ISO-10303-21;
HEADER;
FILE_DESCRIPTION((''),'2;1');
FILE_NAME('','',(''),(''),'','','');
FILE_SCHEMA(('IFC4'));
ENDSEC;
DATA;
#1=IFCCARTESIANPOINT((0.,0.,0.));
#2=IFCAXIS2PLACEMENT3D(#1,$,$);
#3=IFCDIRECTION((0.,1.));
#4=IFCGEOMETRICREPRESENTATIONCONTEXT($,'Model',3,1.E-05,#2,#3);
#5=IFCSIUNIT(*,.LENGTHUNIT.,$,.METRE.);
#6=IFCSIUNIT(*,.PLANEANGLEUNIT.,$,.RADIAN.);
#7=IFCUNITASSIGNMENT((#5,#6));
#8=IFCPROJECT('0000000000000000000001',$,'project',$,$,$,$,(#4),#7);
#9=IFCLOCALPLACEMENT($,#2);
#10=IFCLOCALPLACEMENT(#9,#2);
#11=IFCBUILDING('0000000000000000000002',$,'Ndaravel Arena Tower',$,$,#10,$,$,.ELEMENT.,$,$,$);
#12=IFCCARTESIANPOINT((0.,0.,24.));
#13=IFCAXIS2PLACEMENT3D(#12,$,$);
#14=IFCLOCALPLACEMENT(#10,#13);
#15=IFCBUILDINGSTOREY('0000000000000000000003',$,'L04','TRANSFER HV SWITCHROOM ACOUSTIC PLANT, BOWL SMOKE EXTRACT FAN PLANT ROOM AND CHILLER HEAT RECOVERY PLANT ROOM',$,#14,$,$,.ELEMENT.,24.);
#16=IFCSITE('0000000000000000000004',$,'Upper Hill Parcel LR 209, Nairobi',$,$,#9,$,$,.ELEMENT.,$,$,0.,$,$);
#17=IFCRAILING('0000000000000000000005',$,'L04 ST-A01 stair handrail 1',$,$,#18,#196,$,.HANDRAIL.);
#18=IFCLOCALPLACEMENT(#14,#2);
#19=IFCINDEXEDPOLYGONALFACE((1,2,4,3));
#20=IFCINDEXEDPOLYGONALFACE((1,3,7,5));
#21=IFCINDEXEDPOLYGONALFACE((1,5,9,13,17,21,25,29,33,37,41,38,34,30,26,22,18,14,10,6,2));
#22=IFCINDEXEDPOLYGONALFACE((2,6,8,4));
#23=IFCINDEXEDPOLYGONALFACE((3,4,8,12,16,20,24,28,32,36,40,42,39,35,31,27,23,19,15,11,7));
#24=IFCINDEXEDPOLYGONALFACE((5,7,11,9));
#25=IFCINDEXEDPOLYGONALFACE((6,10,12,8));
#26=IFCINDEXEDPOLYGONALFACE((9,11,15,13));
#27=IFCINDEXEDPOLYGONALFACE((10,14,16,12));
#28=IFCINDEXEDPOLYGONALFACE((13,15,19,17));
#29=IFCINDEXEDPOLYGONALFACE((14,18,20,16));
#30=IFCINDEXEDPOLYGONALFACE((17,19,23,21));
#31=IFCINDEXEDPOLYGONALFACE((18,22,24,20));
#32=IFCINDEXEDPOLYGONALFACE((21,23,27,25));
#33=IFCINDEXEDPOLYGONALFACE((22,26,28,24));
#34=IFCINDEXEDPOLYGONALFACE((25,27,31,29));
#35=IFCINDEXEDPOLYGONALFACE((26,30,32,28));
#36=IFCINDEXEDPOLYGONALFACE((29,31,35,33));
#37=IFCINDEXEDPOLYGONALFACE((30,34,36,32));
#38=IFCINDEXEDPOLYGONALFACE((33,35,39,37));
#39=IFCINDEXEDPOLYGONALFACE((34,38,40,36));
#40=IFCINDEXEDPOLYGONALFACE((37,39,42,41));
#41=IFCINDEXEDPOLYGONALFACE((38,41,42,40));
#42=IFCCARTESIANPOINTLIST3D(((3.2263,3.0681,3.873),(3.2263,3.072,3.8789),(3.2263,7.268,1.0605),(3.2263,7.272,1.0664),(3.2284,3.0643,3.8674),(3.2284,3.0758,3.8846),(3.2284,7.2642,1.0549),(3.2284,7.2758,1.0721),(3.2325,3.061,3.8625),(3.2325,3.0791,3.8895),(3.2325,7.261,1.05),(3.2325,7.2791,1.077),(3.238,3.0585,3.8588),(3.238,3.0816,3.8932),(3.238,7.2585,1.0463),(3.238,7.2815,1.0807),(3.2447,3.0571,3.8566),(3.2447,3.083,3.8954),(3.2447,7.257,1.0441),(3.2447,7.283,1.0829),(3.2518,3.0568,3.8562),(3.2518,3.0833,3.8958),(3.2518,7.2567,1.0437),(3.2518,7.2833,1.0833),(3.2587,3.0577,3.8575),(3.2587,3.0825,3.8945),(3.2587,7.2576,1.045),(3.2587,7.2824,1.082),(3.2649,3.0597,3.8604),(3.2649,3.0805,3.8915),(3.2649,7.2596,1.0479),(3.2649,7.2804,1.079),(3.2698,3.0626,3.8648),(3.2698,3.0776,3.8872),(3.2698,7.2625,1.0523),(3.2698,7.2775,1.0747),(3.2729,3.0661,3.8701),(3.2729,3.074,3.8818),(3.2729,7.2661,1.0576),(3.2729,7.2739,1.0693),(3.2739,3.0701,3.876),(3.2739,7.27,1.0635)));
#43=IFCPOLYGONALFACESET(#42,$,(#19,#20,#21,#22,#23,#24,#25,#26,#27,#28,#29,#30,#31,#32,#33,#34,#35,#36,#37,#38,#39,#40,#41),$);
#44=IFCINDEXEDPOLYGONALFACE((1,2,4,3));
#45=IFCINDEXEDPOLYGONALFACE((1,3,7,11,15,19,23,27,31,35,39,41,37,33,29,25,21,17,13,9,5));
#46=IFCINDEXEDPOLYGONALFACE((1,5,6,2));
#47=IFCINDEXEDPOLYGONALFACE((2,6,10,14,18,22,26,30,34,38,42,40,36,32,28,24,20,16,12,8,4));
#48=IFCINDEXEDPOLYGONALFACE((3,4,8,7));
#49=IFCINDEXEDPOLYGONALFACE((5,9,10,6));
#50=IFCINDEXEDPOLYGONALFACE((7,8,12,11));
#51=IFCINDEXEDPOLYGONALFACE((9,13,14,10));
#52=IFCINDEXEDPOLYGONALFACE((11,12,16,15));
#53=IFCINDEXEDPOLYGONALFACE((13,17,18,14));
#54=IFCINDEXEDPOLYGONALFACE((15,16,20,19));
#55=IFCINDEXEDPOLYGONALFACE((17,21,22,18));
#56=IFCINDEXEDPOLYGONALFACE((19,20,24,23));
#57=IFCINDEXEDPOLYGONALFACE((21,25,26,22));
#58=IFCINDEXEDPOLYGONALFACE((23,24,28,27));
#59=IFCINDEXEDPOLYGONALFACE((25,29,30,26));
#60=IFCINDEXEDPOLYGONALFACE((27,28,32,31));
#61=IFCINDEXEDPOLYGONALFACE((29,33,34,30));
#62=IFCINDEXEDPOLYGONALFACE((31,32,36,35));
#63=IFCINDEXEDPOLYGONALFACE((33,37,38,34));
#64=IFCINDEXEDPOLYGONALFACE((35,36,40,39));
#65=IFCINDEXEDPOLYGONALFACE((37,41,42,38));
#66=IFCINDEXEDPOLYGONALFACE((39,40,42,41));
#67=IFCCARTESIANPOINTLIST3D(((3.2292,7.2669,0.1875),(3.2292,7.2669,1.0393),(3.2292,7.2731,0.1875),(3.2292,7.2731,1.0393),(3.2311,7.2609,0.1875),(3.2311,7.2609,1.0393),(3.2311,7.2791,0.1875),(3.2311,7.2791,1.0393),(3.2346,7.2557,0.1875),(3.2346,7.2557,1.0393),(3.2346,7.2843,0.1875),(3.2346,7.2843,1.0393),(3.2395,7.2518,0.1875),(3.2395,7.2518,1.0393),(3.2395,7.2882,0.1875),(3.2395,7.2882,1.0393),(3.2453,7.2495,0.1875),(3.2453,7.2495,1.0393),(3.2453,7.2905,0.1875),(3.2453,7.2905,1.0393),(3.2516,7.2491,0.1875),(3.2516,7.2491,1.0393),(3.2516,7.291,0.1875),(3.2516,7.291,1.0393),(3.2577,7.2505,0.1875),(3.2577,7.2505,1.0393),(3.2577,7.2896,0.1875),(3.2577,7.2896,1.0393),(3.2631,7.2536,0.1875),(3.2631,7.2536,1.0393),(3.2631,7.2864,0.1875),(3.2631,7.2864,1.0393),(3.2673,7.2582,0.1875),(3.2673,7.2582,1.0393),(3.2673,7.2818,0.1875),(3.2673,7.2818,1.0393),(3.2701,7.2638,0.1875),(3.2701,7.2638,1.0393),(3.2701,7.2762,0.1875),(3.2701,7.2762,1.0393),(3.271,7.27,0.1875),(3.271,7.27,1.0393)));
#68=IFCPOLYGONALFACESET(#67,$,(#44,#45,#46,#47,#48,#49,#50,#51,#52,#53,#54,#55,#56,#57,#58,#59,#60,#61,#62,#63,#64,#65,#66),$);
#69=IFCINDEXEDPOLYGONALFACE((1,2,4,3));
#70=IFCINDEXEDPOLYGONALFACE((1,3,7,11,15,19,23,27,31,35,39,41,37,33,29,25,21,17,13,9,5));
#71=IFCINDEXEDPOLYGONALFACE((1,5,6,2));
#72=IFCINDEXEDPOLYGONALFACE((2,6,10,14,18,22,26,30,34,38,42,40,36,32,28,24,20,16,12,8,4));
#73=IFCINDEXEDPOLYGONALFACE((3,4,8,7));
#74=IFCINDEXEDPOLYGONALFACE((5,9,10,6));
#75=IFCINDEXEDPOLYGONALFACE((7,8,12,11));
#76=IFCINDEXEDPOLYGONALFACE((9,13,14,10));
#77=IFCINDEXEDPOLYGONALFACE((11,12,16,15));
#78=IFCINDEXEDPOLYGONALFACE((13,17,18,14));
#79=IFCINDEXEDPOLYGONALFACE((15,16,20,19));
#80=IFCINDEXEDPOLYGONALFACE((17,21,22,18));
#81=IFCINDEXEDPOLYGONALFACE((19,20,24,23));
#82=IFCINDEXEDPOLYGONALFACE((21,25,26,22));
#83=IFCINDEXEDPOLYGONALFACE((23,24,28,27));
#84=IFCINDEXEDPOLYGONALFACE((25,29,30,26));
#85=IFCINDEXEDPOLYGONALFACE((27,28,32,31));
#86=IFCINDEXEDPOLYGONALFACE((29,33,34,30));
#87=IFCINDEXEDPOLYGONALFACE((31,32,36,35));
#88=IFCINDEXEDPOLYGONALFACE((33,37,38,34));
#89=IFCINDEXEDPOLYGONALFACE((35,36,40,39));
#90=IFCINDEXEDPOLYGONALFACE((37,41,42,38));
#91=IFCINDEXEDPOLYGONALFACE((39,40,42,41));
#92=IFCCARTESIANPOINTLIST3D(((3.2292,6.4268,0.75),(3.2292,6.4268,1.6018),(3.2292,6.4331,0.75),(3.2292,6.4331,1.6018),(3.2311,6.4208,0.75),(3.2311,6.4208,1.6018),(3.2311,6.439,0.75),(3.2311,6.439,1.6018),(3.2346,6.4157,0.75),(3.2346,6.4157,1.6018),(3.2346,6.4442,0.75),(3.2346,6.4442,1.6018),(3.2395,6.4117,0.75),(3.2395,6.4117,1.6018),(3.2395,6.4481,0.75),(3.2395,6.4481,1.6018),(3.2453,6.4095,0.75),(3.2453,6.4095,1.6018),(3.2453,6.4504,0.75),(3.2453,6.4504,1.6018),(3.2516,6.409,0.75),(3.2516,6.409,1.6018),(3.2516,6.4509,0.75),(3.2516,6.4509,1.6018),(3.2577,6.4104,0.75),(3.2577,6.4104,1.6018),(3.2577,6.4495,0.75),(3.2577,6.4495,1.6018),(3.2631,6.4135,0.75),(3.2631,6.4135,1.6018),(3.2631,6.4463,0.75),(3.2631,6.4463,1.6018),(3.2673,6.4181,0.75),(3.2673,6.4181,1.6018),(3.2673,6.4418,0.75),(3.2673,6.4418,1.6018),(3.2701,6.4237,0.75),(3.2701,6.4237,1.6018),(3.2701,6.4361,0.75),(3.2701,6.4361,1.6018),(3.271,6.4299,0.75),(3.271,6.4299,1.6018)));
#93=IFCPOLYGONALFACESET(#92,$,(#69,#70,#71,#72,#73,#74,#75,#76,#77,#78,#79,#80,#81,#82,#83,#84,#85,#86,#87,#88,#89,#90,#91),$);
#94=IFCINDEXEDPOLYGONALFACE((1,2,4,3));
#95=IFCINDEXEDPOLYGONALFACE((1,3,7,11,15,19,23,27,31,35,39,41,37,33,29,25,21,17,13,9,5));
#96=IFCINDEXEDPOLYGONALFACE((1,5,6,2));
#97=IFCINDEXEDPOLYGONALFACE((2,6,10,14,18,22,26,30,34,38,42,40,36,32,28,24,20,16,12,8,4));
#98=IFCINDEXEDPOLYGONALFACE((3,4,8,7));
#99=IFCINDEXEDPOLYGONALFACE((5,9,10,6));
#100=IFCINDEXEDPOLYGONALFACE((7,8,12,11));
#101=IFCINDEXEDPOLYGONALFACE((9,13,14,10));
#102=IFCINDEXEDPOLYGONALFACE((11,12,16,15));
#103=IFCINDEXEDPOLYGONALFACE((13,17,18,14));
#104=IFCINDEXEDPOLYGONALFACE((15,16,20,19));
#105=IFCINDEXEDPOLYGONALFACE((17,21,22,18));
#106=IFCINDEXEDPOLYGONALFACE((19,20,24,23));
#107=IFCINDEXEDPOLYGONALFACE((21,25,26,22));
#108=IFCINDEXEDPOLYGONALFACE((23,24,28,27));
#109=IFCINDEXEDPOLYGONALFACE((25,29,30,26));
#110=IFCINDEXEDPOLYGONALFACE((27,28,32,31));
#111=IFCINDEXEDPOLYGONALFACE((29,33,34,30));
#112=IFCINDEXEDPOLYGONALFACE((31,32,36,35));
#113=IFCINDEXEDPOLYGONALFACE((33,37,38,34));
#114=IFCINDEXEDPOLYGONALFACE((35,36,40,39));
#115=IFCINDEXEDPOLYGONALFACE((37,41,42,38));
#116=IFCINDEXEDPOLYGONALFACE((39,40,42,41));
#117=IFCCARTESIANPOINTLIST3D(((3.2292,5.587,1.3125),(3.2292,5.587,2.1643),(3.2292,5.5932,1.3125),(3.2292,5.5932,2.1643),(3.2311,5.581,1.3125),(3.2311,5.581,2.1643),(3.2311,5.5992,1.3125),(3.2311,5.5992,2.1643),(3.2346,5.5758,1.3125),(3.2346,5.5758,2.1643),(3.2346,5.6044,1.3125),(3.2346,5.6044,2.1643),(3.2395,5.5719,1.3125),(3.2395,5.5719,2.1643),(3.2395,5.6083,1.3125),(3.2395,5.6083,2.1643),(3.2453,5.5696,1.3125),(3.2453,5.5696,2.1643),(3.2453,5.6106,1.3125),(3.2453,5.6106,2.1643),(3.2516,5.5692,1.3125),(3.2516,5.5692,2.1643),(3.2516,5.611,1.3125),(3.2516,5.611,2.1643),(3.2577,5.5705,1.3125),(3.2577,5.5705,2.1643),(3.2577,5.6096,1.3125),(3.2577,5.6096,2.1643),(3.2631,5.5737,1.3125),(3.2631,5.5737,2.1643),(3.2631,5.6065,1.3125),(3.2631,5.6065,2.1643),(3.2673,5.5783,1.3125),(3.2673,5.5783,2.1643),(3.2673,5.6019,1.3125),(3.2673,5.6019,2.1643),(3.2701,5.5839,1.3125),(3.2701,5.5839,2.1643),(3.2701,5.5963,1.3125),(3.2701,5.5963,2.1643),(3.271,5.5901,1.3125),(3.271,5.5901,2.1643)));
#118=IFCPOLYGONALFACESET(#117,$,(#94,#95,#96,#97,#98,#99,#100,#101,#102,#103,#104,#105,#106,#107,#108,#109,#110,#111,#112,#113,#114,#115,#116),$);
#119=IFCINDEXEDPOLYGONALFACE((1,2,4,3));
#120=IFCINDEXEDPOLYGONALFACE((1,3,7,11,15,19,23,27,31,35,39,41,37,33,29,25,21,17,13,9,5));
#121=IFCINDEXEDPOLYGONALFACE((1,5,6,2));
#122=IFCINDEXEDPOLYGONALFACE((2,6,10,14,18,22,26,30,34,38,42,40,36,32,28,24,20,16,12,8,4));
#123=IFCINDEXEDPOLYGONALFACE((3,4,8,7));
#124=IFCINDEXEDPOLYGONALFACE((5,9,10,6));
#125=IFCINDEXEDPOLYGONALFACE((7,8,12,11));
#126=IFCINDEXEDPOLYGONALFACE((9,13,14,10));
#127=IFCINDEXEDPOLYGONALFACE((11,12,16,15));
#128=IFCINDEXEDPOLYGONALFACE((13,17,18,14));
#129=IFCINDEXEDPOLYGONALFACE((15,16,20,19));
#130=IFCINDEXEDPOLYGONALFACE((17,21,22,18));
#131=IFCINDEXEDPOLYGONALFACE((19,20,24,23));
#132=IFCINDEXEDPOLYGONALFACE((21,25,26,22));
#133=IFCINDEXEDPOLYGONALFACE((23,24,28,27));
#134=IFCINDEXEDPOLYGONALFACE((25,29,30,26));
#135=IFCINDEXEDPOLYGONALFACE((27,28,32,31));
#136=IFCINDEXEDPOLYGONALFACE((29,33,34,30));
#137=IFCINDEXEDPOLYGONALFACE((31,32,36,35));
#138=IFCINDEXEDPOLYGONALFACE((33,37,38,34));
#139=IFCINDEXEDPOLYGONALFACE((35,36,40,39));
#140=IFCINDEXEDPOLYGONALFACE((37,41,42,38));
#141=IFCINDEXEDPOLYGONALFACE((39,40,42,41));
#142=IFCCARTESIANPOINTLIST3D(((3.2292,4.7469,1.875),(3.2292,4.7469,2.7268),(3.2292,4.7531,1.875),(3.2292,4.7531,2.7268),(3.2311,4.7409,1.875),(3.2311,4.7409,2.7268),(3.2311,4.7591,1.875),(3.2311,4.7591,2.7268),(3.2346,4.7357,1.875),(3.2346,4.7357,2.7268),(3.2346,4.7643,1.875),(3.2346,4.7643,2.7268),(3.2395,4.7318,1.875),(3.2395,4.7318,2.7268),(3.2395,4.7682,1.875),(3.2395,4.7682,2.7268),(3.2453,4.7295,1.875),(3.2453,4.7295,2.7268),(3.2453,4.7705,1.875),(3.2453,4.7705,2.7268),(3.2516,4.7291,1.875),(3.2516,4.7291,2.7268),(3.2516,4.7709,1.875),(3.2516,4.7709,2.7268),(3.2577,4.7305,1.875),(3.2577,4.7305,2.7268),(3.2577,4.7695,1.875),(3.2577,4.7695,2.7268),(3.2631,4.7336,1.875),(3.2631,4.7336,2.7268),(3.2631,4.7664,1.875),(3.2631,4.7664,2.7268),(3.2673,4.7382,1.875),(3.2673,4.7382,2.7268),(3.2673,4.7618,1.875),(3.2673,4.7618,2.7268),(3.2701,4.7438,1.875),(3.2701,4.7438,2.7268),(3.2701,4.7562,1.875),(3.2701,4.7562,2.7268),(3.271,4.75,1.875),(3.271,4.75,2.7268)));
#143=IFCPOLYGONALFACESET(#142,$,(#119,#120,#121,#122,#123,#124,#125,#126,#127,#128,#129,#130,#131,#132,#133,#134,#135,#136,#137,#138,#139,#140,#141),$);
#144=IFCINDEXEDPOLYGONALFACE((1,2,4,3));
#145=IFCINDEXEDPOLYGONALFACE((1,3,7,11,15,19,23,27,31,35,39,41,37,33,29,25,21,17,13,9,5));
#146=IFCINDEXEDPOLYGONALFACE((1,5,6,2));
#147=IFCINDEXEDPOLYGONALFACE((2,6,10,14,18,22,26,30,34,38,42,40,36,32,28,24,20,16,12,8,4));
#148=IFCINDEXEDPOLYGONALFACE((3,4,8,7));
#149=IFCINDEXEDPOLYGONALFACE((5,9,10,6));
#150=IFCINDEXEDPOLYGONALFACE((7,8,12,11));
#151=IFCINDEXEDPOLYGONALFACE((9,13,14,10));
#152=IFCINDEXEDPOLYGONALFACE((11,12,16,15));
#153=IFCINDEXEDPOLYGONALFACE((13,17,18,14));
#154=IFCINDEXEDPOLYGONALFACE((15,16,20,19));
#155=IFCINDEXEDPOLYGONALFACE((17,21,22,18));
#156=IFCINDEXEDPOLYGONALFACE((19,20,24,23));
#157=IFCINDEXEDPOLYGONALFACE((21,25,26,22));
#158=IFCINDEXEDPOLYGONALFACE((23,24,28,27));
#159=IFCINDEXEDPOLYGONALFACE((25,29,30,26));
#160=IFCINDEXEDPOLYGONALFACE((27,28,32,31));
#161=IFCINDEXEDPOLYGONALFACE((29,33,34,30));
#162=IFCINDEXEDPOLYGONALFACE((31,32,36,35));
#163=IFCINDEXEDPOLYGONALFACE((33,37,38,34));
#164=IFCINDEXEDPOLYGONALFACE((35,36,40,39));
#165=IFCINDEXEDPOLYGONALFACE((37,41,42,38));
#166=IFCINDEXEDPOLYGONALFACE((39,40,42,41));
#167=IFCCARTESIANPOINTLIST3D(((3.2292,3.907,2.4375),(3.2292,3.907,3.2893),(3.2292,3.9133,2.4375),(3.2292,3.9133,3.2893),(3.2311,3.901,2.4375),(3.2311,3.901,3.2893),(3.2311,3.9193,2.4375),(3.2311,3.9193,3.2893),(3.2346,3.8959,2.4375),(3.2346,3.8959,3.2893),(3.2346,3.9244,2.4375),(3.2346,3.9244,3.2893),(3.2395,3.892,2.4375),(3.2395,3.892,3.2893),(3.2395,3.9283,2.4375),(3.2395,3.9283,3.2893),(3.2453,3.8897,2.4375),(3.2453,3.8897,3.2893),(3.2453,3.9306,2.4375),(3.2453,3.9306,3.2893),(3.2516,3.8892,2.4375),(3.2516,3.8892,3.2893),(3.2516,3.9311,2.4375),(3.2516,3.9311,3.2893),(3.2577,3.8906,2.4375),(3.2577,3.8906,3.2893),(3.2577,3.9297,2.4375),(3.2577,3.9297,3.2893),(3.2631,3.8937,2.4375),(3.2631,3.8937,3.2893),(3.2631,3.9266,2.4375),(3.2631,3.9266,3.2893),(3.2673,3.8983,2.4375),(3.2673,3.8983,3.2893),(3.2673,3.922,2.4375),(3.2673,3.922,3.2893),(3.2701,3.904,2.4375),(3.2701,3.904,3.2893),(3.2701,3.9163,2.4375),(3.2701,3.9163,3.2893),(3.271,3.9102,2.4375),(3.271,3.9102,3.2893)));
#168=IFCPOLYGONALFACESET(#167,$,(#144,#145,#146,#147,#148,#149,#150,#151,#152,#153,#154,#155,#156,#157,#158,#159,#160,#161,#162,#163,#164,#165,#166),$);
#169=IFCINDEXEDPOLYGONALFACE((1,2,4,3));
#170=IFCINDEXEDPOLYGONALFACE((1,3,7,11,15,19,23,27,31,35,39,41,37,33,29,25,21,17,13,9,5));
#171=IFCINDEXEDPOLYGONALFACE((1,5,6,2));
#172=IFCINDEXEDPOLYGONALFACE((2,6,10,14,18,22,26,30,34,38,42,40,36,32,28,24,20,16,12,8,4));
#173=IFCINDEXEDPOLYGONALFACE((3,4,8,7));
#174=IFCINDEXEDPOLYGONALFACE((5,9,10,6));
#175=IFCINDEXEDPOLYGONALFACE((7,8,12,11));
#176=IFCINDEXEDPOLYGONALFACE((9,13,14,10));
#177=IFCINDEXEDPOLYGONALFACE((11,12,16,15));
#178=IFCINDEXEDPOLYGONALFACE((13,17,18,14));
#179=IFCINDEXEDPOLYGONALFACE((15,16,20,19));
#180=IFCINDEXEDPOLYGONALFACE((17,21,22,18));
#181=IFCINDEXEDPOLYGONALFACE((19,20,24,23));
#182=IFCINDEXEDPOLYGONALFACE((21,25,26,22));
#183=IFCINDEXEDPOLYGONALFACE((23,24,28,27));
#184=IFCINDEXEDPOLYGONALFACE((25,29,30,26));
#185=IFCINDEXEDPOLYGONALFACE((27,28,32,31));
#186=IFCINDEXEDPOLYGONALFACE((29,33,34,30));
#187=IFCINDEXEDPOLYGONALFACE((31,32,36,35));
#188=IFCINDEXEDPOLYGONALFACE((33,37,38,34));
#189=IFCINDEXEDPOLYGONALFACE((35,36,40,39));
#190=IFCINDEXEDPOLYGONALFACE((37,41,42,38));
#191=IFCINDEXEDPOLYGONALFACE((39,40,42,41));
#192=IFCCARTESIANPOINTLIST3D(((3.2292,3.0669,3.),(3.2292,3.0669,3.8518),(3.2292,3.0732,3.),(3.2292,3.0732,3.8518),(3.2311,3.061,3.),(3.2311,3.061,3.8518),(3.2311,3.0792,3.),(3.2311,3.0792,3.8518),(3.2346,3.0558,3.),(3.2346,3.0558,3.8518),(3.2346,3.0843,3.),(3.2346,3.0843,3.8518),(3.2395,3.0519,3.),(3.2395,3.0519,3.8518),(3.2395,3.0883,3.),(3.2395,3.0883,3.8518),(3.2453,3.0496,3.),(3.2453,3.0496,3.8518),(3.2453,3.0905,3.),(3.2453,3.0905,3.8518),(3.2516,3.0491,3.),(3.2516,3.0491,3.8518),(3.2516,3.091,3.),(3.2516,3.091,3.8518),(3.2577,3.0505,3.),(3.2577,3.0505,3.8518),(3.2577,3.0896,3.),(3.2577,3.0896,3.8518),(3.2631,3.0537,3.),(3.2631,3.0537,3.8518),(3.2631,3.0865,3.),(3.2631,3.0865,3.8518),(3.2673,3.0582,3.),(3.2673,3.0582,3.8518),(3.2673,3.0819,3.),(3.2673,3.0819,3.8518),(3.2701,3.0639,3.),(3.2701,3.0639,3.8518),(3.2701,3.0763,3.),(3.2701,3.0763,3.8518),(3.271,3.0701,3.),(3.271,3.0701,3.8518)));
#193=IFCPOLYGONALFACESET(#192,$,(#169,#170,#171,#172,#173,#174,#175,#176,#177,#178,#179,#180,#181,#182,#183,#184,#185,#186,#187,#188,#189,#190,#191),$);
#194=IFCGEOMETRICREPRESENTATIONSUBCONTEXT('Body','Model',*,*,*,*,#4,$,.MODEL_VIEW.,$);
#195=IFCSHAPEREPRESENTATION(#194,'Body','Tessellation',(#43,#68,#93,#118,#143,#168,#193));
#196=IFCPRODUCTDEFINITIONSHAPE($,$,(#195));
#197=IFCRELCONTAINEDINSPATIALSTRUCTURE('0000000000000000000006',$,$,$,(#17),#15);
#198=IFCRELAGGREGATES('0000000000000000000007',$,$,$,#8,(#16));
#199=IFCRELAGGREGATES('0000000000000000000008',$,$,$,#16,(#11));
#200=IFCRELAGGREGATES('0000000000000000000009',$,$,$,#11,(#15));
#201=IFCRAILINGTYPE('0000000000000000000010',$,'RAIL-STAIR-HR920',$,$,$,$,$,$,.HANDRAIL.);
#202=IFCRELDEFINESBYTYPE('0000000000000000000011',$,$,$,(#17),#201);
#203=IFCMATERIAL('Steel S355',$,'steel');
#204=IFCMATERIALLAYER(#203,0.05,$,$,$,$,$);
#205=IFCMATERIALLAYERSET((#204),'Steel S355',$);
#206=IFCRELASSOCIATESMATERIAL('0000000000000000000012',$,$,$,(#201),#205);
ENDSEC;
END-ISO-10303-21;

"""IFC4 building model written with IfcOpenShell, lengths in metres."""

from ifc_helpers import new_model, si_unit, direction, frame, origin, origin_2d, place, context, subcontext, project, spatial, circle, extrude, material, layer, layer_set, type_object, element, save


model = new_model("IFC4")

# Units and contexts
model_context = context("Model", 3, precision=1e-05, world=origin(), true_north=direction((0.0, 1.0)))
body_context = subcontext(model_context, "Body", "Model", "MODEL_VIEW")
ifc_project = project(units=[si_unit("LENGTHUNIT", "METRE"), si_unit("PLANEANGLEUNIT", "RADIAN")], contexts=[model_context])

# Site, building, storey
site_placement = place(None, origin())
site = spatial("IfcSite", under=ifc_project, at=site_placement, Name="Upper Hill Parcel LR 209, Nairobi", CompositionType="ELEMENT", RefElevation=0.0)
building_placement = place(site_placement, origin())
building = spatial("IfcBuilding", under=site, at=building_placement, Name="Ndaravel Arena Tower", CompositionType="ELEMENT")
storey_placement = place(building_placement, frame((0.0, 0.0, 24.0)))
storey = spatial("IfcBuildingStorey", under=building, at=storey_placement, Name="L04", Description="TRANSFER HV SWITCHROOM ACOUSTIC PLANT, BOWL SMOKE EXTRACT FAN PLANT ROOM AND CHILLER HEAT RECOVERY PLANT ROOM", CompositionType="ELEMENT", Elevation=24.0)

# Railing
ifc_material_1 = material(Name="Steel S355", Category="steel")
ifc_layer_1 = layer(ifc_material_1, 0.05)
ifc_layer_set_1 = layer_set([ifc_layer_1], Name="Steel S355")
railing_type_1 = type_object("IfcRailingType", Name="RAIL-STAIR-HR920", PredefinedType="HANDRAIL", material=ifc_layer_set_1)
railing_1_placement = place(storey_placement, frame((3.25, 7.27, 0.1875)))
element("IfcRailing", 1, at=railing_1_placement, inside=storey, type_object=railing_type_1, Name="L04 ST-A01 stair handrail 1", PredefinedType="HANDRAIL", context=body_context, shape_type="SweptSolid", body=[
    extrude(circle(Radius=0.0239, at=origin_2d()), frame((0.0, 0.0, 0.876), z_axis=(0.0, -0.830904, 0.556416), x_axis=(1.0, 0.0, 0.0)), (0.0, 0.0, 1.0), 5.0547),
    extrude(circle(Radius=0.021, at=origin_2d()), origin(), (0.0, 0.0, 1.0), 0.8518),
    extrude(circle(Radius=0.021, at=origin_2d()), frame((0.0, -0.8401, 0.5625)), (0.0, 0.0, 1.0), 0.8518),
    extrude(circle(Radius=0.021, at=origin_2d()), frame((0.0, -1.6799, 1.125)), (0.0, 0.0, 1.0), 0.8518),
    extrude(circle(Radius=0.021, at=origin_2d()), frame((0.0, -2.52, 1.6875)), (0.0, 0.0, 1.0), 0.8518),
    extrude(circle(Radius=0.021, at=origin_2d()), frame((0.0, -3.3599, 2.25)), (0.0, 0.0, 1.0), 0.8518),
    extrude(circle(Radius=0.021, at=origin_2d()), frame((0.0, -4.2, 2.8125)), (0.0, 0.0, 1.0), 0.8518),
])

save(model, "model.ifc")
